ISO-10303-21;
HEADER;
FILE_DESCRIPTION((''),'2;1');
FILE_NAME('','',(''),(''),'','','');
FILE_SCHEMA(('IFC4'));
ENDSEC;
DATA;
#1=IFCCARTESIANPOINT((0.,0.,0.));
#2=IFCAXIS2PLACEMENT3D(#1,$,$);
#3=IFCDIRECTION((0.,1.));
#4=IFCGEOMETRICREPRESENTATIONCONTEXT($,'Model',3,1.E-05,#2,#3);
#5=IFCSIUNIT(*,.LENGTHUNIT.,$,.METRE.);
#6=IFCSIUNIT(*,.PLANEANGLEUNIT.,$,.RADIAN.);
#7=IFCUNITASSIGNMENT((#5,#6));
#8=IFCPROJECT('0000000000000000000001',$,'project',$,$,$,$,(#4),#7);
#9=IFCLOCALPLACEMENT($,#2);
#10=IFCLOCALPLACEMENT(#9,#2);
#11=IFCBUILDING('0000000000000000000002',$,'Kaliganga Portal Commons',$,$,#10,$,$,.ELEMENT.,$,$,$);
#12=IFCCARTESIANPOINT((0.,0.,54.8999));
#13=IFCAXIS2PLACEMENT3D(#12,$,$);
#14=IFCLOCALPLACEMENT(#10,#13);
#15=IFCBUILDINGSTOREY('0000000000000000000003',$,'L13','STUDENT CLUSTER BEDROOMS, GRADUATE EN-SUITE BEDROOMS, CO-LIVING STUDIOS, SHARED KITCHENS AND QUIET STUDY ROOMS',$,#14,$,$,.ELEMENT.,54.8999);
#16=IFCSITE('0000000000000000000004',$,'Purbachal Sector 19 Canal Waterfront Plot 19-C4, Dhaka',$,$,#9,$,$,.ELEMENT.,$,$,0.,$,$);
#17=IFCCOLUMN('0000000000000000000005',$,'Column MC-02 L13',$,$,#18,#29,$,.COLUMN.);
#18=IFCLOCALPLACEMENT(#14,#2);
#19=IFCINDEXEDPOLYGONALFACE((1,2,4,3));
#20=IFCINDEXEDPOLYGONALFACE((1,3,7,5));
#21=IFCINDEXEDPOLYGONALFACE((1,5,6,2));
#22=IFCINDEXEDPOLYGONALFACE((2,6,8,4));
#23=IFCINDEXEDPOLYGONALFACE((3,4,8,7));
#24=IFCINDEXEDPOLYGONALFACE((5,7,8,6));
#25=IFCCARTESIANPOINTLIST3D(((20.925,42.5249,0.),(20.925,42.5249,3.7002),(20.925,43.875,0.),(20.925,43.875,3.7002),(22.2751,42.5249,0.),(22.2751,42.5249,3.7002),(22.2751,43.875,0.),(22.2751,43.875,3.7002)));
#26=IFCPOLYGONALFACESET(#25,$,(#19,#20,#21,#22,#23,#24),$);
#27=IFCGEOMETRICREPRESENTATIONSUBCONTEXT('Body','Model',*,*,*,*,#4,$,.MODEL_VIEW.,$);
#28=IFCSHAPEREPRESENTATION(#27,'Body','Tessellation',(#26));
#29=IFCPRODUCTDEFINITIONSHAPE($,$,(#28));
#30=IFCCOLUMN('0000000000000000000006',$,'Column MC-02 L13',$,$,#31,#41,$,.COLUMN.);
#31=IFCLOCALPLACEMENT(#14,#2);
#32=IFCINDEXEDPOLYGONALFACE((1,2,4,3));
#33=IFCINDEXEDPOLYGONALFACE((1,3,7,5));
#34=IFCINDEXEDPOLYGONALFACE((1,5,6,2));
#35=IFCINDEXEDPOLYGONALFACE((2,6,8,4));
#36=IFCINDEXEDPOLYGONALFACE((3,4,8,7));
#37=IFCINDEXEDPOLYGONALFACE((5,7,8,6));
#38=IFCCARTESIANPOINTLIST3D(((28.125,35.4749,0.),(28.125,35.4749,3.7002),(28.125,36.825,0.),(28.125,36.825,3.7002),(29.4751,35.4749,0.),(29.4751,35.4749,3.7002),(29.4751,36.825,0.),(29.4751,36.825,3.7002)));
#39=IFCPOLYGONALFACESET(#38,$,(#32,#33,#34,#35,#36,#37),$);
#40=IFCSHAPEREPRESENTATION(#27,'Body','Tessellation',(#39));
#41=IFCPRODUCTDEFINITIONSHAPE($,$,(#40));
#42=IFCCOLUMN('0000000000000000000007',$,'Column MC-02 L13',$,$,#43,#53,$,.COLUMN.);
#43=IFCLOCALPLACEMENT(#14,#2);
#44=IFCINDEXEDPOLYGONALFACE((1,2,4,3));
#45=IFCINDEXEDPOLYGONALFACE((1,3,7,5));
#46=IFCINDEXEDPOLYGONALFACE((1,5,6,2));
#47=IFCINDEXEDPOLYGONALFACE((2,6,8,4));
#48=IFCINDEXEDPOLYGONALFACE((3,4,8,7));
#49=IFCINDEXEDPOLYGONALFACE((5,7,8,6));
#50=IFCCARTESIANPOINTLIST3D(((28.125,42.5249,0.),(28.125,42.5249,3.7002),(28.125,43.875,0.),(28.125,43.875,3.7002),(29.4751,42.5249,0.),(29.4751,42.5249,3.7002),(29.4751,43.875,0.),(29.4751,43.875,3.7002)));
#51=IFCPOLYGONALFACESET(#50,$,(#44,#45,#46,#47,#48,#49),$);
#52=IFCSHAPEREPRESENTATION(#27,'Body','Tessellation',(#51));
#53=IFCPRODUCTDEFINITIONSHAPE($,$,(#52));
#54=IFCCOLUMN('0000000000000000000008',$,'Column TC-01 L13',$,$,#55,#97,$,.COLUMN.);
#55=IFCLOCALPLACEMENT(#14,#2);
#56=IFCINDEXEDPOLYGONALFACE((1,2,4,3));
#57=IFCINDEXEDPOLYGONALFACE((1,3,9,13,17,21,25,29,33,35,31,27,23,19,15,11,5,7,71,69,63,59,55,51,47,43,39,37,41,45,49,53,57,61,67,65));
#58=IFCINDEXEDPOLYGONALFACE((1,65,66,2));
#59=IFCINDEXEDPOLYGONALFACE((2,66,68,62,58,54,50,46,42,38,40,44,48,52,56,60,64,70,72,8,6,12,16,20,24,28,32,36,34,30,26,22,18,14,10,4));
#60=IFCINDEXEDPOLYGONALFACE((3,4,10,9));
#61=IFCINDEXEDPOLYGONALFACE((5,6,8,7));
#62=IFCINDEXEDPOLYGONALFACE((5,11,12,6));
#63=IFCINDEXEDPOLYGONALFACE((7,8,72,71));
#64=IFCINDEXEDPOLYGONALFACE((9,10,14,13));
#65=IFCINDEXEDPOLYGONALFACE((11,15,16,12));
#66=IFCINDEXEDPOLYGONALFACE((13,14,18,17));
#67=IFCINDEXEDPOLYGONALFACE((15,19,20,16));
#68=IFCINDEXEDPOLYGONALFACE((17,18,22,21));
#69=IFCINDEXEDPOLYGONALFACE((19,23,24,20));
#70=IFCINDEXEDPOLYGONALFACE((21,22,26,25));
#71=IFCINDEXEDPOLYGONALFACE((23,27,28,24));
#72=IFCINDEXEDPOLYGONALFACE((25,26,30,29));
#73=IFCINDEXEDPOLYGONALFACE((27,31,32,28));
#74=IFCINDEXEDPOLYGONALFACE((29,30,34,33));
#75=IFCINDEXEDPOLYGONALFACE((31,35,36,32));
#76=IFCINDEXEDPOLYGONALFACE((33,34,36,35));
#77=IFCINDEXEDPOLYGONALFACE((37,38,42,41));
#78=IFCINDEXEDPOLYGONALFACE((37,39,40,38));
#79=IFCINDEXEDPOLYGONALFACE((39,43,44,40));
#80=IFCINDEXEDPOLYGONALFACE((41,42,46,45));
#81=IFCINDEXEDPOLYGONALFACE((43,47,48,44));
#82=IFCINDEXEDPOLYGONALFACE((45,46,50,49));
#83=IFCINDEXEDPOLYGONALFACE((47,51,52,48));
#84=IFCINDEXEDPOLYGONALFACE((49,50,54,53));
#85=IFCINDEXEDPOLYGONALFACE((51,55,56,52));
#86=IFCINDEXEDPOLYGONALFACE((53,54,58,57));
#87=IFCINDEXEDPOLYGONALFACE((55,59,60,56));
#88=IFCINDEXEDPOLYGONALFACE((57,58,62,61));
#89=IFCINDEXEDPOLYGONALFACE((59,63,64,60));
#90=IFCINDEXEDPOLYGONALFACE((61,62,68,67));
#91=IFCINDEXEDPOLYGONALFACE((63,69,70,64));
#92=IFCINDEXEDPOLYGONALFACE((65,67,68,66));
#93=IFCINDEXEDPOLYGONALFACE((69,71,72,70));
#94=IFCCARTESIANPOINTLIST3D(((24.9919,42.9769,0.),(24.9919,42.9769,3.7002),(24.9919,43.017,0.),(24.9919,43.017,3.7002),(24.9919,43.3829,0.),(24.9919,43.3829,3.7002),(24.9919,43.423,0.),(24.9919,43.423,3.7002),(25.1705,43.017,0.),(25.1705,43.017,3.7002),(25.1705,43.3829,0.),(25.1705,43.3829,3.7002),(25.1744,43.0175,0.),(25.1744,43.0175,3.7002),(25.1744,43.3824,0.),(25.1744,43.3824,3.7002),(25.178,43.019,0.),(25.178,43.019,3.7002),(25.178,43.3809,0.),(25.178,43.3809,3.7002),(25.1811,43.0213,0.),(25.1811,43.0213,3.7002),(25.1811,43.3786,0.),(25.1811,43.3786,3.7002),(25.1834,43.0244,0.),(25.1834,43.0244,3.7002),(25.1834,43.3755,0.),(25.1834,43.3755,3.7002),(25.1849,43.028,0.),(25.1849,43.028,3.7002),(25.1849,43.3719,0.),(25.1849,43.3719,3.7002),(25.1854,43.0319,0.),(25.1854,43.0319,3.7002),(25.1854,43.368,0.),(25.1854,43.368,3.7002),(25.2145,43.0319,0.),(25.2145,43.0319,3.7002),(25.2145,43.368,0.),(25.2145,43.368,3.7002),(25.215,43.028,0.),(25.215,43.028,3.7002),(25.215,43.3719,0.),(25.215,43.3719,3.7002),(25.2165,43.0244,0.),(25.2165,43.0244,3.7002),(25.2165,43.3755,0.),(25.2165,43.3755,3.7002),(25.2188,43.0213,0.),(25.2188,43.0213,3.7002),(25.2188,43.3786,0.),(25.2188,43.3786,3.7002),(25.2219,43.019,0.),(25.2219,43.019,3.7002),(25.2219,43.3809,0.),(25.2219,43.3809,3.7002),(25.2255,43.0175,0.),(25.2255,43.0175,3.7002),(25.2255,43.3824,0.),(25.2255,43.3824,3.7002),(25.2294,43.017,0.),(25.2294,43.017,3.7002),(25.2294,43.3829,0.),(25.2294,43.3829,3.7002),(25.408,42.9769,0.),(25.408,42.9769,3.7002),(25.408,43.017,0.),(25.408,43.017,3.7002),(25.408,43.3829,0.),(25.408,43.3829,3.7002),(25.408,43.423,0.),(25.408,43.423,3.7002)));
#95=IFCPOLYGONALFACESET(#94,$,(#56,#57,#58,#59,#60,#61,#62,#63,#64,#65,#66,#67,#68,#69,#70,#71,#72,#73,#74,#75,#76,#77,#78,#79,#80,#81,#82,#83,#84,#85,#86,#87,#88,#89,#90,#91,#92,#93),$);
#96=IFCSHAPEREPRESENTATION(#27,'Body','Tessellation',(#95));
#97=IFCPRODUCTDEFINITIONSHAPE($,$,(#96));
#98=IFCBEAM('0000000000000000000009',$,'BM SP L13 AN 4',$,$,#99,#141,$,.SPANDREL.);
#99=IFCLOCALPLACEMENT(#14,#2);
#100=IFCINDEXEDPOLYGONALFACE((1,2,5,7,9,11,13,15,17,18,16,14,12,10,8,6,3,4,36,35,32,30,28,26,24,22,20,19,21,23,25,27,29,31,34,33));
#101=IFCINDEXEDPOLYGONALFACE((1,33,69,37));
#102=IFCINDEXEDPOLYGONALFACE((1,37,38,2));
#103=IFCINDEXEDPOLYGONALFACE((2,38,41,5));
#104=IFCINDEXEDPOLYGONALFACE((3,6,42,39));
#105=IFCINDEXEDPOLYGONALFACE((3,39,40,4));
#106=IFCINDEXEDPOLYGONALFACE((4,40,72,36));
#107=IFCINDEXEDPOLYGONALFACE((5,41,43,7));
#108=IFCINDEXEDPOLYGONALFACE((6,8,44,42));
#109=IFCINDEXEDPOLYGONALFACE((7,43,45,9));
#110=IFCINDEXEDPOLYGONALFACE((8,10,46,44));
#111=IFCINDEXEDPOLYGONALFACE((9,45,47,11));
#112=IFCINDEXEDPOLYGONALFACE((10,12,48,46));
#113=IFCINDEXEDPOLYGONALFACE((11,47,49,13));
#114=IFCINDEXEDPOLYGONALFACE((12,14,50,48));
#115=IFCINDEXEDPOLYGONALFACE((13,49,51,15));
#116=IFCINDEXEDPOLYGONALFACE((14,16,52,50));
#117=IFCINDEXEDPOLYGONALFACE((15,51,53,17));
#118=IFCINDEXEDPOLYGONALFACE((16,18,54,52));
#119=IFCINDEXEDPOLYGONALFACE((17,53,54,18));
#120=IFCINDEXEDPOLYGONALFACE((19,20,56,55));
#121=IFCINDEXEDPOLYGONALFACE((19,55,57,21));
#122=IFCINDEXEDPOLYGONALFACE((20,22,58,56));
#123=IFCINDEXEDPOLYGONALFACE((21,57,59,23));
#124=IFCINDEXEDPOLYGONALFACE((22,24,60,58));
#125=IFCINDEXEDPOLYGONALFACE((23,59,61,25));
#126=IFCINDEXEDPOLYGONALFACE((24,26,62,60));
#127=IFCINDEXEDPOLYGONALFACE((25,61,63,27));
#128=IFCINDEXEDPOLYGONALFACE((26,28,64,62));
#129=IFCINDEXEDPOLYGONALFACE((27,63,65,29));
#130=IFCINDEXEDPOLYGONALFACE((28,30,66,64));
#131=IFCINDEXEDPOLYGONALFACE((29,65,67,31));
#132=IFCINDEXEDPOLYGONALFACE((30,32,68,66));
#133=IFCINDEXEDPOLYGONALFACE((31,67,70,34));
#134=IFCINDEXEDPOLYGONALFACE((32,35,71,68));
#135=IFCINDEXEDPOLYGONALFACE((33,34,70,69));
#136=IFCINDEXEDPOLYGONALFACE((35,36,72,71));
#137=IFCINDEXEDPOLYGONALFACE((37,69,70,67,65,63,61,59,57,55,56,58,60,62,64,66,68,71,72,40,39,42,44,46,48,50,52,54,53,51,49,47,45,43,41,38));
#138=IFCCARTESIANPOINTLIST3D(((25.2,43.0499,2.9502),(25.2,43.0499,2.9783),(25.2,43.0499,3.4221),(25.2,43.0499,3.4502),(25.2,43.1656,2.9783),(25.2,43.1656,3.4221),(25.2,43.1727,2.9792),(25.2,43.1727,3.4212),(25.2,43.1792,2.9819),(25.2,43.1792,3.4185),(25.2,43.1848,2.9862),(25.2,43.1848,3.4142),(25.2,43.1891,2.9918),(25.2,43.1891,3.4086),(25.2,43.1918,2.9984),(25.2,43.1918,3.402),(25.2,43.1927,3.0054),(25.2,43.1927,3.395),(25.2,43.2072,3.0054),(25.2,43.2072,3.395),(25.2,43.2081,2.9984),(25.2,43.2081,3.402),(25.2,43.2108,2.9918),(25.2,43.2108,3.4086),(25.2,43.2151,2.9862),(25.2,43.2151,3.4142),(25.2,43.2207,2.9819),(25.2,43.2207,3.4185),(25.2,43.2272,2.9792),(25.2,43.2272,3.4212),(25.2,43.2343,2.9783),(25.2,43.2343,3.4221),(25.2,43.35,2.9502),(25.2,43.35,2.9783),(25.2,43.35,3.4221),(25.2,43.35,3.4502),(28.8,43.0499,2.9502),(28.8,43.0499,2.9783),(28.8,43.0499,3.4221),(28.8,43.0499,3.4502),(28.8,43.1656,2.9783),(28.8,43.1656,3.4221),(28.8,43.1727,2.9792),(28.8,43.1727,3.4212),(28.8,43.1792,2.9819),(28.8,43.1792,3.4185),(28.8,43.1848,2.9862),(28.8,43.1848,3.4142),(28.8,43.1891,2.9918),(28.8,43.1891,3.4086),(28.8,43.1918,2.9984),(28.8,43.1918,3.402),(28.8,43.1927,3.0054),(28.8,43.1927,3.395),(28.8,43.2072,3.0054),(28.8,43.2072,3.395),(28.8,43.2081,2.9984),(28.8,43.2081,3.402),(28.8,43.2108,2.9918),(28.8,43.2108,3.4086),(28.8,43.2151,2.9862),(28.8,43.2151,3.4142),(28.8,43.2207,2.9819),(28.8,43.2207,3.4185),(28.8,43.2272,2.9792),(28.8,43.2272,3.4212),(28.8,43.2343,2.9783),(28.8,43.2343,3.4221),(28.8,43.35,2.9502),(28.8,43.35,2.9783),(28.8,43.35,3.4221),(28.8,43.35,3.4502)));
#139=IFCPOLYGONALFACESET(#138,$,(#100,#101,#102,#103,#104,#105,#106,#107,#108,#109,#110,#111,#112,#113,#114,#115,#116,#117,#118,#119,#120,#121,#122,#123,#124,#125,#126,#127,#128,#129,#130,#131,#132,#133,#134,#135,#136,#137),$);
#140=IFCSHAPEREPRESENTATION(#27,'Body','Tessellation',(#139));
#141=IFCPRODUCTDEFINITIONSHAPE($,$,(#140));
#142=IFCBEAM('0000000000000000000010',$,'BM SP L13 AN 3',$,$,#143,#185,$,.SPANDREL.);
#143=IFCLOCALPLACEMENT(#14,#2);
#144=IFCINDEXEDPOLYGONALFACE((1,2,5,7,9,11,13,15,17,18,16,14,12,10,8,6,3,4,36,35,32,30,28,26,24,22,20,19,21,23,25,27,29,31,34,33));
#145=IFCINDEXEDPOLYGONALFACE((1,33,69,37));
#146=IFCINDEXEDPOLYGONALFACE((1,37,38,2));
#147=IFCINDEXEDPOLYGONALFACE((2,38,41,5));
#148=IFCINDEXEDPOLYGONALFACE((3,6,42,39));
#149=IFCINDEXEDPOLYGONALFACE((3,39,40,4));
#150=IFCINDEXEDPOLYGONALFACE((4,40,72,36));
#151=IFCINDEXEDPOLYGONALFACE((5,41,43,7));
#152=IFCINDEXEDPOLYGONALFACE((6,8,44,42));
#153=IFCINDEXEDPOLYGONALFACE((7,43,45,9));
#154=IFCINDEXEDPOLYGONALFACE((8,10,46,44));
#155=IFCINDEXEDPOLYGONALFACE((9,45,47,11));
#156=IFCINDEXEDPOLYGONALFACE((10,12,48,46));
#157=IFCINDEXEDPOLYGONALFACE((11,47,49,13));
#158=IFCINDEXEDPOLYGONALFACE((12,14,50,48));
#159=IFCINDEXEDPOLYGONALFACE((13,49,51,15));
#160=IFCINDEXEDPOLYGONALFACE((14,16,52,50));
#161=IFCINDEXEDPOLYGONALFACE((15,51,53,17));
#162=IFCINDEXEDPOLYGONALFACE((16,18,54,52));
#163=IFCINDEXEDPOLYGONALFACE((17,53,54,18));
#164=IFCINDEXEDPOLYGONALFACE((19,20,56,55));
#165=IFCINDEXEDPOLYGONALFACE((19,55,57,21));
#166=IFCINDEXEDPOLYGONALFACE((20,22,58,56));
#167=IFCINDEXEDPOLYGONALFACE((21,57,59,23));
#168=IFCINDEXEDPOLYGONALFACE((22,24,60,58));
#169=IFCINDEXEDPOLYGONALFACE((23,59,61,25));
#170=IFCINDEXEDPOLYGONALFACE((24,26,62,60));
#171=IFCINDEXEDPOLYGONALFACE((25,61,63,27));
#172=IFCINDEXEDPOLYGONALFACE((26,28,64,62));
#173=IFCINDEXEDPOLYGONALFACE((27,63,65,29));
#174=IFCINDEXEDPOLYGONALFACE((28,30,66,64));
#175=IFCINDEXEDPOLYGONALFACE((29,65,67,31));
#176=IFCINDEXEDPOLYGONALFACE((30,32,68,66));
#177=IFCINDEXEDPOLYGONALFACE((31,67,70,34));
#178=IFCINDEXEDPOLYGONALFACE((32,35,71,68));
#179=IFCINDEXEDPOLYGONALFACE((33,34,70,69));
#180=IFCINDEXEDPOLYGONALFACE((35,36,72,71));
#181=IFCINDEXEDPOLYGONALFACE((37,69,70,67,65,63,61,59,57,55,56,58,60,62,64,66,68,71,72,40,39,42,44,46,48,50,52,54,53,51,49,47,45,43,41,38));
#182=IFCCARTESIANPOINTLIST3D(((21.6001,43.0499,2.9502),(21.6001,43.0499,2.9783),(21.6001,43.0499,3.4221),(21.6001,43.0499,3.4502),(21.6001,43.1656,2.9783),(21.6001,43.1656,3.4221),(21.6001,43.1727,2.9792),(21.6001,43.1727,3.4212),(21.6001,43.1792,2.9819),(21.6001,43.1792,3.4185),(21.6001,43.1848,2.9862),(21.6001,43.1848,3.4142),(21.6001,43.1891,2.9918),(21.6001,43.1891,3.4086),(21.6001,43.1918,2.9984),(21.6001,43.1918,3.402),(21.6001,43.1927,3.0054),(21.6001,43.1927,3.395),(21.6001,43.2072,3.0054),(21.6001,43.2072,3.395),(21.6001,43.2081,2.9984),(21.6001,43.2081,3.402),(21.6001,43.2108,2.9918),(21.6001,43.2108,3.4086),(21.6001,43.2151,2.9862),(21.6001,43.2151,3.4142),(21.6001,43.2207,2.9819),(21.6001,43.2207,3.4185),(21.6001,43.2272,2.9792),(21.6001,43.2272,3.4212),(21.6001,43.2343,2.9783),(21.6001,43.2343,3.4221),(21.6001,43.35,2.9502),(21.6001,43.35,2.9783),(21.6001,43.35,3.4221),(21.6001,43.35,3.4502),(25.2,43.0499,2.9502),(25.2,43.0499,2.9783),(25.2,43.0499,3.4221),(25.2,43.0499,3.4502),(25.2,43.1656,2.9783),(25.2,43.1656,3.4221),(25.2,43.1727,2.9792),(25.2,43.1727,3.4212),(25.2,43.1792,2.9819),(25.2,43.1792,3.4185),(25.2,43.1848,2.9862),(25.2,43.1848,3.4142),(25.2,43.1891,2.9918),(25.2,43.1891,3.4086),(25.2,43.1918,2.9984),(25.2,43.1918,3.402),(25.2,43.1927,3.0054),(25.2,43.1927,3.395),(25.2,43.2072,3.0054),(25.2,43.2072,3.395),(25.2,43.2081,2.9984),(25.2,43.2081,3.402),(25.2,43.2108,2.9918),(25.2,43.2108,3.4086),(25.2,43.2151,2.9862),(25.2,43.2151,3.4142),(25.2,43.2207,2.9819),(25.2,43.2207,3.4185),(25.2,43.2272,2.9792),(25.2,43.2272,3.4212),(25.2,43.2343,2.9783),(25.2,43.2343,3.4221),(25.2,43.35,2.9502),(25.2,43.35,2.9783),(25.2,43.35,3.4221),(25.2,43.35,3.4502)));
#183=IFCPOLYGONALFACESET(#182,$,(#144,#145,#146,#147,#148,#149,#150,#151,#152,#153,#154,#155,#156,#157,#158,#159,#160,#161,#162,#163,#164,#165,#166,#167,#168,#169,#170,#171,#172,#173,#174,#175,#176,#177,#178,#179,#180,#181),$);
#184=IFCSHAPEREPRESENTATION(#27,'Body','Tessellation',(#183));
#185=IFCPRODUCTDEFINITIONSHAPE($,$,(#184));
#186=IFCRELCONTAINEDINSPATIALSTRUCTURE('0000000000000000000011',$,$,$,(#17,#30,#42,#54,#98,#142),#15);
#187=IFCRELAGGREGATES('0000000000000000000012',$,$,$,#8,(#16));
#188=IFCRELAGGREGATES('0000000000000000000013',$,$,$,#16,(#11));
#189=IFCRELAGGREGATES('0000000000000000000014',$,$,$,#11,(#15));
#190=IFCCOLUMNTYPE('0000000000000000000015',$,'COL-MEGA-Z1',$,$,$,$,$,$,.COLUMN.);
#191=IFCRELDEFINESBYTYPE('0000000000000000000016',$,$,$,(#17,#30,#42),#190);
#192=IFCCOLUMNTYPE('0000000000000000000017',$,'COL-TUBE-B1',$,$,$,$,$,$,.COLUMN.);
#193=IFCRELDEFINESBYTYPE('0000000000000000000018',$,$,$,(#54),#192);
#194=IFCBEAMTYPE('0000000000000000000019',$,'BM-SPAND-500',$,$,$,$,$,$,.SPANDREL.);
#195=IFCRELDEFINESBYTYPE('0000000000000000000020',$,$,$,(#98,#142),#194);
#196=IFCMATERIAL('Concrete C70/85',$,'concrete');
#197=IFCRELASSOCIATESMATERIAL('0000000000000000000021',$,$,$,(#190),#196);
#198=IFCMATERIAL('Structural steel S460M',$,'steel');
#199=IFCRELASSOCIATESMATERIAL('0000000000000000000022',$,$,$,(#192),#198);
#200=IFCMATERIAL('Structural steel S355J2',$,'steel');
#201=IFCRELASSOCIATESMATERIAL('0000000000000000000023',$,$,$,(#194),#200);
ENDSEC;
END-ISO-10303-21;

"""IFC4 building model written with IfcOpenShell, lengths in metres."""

from ifc_helpers import new_model, si_unit, direction, frame, origin, origin_2d, place, context, subcontext, project, spatial, rectangle, i_section, extrude, source, transform, mapped, material, material_profile, profile_set, type_object, element, save


model = new_model("IFC4")

# Units and contexts
model_context = context("Model", 3, precision=1e-05, world=origin(), true_north=direction((0.0, 1.0)))
body_context = subcontext(model_context, "Body", "Model", "MODEL_VIEW")
ifc_project = project(units=[si_unit("LENGTHUNIT", "METRE"), si_unit("PLANEANGLEUNIT", "RADIAN")], contexts=[model_context])

# Site, building, storey
site_placement = place(None, origin())
site = spatial("IfcSite", under=ifc_project, at=site_placement, Name="Purbachal Sector 19 Canal Waterfront Plot 19-C4, Dhaka", CompositionType="ELEMENT", RefElevation=0.0)
building_placement = place(site_placement, origin())
building = spatial("IfcBuilding", under=site, at=building_placement, Name="Kaliganga Portal Commons", CompositionType="ELEMENT")
storey_placement = place(building_placement, frame((0.0, 0.0, 54.8999)))
storey = spatial("IfcBuildingStorey", under=building, at=storey_placement, Name="L13", Description="STUDENT CLUSTER BEDROOMS, GRADUATE EN-SUITE BEDROOMS, CO-LIVING STUDIOS, SHARED KITCHENS AND QUIET STUDY ROOMS", CompositionType="ELEMENT", Elevation=54.8999)

# Columns
ifc_material_1 = material(Name="Concrete C70/85", Category="concrete")
ifc_material_profile_1 = material_profile(ifc_material_1, rectangle(XDim=1.3501, YDim=1.3501, at=origin_2d()), Name="RC 1350x1350")
ifc_profile_set_1 = profile_set([ifc_material_profile_1], Name="Concrete C70/85")
column_type_1 = type_object("IfcColumnType", Name="COL-MEGA-Z1", PredefinedType="COLUMN", material=ifc_profile_set_1)
shared_shape_1 = source(origin(), body_context, "Body", "SweptSolid", [
    extrude(rectangle(XDim=1.3501, YDim=1.3501, at=origin_2d()), origin(), (0.0, 0.0, 1.0), 3.7002),
])
for number, where, z_axis, x_axis, name in (
    (1, (21.6001, 43.2, 0.0), (0.0, 0.0, 1.0), (1.0, 0.0, 0.0), "Column MC-02 L13"),
    (2, (28.8, 36.1499, 0.0), (0.0, 0.0, 1.0), (1.0, 0.0, 0.0), "Column MC-02 L13"),
    (3, (28.8, 43.2, 0.0), (0.0, 0.0, 1.0), (1.0, 0.0, 0.0), "Column MC-02 L13"),
):
    element("IfcColumn", number, at=place(storey_placement, frame(where, z_axis=z_axis, x_axis=x_axis)), inside=storey, type_object=column_type_1, Name=name, PredefinedType="COLUMN", context=body_context, shape_type="MappedRepresentation", body=[
        mapped(shared_shape_1, transform((0.0, 0.0, 0.0), x_axis=(1.0, 0.0, 0.0), y_axis=(0.0, 1.0, 0.0), z_axis=(0.0, 0.0, 1.0), scale=1.0)),
    ])
ifc_material_2 = material(Name="Structural steel S460M", Category="steel")
ifc_material_profile_2 = material_profile(ifc_material_2, i_section(OverallWidth=0.416, OverallDepth=0.446, WebThickness=0.0291, FlangeThickness=0.04, FilletRadius=0.0149, at=origin_2d()), Name="HD 400x509")
ifc_profile_set_2 = profile_set([ifc_material_profile_2], Name="Structural steel S460M wide-flange")
column_type_2 = type_object("IfcColumnType", Name="COL-TUBE-B1", PredefinedType="COLUMN", material=ifc_profile_set_2)
shared_shape_2 = source(origin(), body_context, "Body", "SweptSolid", [
    extrude(i_section(OverallWidth=0.416, OverallDepth=0.446, WebThickness=0.0291, FlangeThickness=0.04, FilletRadius=0.0149, at=origin_2d()), origin(), (0.0, 0.0, 1.0), 3.7002),
])
column_placement = place(storey_placement, frame((25.2, 43.2, 0.0), z_axis=(0.0, 0.0, 1.0), x_axis=(1.0, 0.0, 0.0)))
element("IfcColumn", 4, at=column_placement, inside=storey, type_object=column_type_2, Name="Column TC-01 L13", PredefinedType="COLUMN", context=body_context, shape_type="MappedRepresentation", body=[
    mapped(shared_shape_2, transform((0.0, 0.0, 0.0), x_axis=(1.0, 0.0, 0.0), y_axis=(0.0, 1.0, 0.0), z_axis=(0.0, 0.0, 1.0), scale=1.0)),
])

# Beams
ifc_material_3 = material(Name="Structural steel S355J2", Category="steel")
ifc_material_profile_3 = material_profile(ifc_material_3, i_section(OverallWidth=0.3, OverallDepth=0.5, WebThickness=0.0144, FlangeThickness=0.0281, FilletRadius=0.0271, at=origin_2d()), Name="HE 500 B")
ifc_profile_set_3 = profile_set([ifc_material_profile_3], Name="Structural steel S355J2 wide-flange")
beam_type_1 = type_object("IfcBeamType", Name="BM-SPAND-500", PredefinedType="SPANDREL", material=ifc_profile_set_3)
shared_shape_3 = source(origin(), body_context, "Body", "SweptSolid", [
    extrude(i_section(OverallWidth=0.3, OverallDepth=0.5, WebThickness=0.0144, FlangeThickness=0.0281, FilletRadius=0.0271, at=origin_2d()), origin(), (0.0, 0.0, 1.0), 3.6001),
])
beam_1_placement = place(storey_placement, frame((25.2, 43.2, 3.2002), z_axis=(1.0, 0.0, 0.0), x_axis=(0.0, 1.0, 0.0)))
element("IfcBeam", 5, at=beam_1_placement, inside=storey, type_object=beam_type_1, Name="BM SP L13 AN 4", PredefinedType="SPANDREL", context=body_context, shape_type="MappedRepresentation", body=[
    mapped(shared_shape_3, transform((0.0, 0.0, 0.0), x_axis=(1.0, 0.0, 0.0), y_axis=(0.0, 1.0, 0.0), z_axis=(0.0, 0.0, 1.0), scale=1.0)),
])
shared_shape_4 = source(origin(), body_context, "Body", "SweptSolid", [
    extrude(i_section(OverallWidth=0.3, OverallDepth=0.5, WebThickness=0.0144, FlangeThickness=0.0281, FilletRadius=0.0271, at=origin_2d()), origin(), (0.0, 0.0, 1.0), 3.5999),
])
for number, where, z_axis, x_axis, name in (
    (6, (21.6001, 43.2, 3.2002), (1.0, 0.0, 0.0), (0.0, 1.0, 0.0), "BM SP L13 AN 3"),
):
    element("IfcBeam", number, at=place(storey_placement, frame(where, z_axis=z_axis, x_axis=x_axis)), inside=storey, type_object=beam_type_1, Name=name, PredefinedType="SPANDREL", context=body_context, shape_type="MappedRepresentation", body=[
        mapped(shared_shape_4, transform((0.0, 0.0, 0.0), x_axis=(1.0, 0.0, 0.0), y_axis=(0.0, 1.0, 0.0), z_axis=(0.0, 0.0, 1.0), scale=1.0)),
    ])

save(model, "model.ifc")
